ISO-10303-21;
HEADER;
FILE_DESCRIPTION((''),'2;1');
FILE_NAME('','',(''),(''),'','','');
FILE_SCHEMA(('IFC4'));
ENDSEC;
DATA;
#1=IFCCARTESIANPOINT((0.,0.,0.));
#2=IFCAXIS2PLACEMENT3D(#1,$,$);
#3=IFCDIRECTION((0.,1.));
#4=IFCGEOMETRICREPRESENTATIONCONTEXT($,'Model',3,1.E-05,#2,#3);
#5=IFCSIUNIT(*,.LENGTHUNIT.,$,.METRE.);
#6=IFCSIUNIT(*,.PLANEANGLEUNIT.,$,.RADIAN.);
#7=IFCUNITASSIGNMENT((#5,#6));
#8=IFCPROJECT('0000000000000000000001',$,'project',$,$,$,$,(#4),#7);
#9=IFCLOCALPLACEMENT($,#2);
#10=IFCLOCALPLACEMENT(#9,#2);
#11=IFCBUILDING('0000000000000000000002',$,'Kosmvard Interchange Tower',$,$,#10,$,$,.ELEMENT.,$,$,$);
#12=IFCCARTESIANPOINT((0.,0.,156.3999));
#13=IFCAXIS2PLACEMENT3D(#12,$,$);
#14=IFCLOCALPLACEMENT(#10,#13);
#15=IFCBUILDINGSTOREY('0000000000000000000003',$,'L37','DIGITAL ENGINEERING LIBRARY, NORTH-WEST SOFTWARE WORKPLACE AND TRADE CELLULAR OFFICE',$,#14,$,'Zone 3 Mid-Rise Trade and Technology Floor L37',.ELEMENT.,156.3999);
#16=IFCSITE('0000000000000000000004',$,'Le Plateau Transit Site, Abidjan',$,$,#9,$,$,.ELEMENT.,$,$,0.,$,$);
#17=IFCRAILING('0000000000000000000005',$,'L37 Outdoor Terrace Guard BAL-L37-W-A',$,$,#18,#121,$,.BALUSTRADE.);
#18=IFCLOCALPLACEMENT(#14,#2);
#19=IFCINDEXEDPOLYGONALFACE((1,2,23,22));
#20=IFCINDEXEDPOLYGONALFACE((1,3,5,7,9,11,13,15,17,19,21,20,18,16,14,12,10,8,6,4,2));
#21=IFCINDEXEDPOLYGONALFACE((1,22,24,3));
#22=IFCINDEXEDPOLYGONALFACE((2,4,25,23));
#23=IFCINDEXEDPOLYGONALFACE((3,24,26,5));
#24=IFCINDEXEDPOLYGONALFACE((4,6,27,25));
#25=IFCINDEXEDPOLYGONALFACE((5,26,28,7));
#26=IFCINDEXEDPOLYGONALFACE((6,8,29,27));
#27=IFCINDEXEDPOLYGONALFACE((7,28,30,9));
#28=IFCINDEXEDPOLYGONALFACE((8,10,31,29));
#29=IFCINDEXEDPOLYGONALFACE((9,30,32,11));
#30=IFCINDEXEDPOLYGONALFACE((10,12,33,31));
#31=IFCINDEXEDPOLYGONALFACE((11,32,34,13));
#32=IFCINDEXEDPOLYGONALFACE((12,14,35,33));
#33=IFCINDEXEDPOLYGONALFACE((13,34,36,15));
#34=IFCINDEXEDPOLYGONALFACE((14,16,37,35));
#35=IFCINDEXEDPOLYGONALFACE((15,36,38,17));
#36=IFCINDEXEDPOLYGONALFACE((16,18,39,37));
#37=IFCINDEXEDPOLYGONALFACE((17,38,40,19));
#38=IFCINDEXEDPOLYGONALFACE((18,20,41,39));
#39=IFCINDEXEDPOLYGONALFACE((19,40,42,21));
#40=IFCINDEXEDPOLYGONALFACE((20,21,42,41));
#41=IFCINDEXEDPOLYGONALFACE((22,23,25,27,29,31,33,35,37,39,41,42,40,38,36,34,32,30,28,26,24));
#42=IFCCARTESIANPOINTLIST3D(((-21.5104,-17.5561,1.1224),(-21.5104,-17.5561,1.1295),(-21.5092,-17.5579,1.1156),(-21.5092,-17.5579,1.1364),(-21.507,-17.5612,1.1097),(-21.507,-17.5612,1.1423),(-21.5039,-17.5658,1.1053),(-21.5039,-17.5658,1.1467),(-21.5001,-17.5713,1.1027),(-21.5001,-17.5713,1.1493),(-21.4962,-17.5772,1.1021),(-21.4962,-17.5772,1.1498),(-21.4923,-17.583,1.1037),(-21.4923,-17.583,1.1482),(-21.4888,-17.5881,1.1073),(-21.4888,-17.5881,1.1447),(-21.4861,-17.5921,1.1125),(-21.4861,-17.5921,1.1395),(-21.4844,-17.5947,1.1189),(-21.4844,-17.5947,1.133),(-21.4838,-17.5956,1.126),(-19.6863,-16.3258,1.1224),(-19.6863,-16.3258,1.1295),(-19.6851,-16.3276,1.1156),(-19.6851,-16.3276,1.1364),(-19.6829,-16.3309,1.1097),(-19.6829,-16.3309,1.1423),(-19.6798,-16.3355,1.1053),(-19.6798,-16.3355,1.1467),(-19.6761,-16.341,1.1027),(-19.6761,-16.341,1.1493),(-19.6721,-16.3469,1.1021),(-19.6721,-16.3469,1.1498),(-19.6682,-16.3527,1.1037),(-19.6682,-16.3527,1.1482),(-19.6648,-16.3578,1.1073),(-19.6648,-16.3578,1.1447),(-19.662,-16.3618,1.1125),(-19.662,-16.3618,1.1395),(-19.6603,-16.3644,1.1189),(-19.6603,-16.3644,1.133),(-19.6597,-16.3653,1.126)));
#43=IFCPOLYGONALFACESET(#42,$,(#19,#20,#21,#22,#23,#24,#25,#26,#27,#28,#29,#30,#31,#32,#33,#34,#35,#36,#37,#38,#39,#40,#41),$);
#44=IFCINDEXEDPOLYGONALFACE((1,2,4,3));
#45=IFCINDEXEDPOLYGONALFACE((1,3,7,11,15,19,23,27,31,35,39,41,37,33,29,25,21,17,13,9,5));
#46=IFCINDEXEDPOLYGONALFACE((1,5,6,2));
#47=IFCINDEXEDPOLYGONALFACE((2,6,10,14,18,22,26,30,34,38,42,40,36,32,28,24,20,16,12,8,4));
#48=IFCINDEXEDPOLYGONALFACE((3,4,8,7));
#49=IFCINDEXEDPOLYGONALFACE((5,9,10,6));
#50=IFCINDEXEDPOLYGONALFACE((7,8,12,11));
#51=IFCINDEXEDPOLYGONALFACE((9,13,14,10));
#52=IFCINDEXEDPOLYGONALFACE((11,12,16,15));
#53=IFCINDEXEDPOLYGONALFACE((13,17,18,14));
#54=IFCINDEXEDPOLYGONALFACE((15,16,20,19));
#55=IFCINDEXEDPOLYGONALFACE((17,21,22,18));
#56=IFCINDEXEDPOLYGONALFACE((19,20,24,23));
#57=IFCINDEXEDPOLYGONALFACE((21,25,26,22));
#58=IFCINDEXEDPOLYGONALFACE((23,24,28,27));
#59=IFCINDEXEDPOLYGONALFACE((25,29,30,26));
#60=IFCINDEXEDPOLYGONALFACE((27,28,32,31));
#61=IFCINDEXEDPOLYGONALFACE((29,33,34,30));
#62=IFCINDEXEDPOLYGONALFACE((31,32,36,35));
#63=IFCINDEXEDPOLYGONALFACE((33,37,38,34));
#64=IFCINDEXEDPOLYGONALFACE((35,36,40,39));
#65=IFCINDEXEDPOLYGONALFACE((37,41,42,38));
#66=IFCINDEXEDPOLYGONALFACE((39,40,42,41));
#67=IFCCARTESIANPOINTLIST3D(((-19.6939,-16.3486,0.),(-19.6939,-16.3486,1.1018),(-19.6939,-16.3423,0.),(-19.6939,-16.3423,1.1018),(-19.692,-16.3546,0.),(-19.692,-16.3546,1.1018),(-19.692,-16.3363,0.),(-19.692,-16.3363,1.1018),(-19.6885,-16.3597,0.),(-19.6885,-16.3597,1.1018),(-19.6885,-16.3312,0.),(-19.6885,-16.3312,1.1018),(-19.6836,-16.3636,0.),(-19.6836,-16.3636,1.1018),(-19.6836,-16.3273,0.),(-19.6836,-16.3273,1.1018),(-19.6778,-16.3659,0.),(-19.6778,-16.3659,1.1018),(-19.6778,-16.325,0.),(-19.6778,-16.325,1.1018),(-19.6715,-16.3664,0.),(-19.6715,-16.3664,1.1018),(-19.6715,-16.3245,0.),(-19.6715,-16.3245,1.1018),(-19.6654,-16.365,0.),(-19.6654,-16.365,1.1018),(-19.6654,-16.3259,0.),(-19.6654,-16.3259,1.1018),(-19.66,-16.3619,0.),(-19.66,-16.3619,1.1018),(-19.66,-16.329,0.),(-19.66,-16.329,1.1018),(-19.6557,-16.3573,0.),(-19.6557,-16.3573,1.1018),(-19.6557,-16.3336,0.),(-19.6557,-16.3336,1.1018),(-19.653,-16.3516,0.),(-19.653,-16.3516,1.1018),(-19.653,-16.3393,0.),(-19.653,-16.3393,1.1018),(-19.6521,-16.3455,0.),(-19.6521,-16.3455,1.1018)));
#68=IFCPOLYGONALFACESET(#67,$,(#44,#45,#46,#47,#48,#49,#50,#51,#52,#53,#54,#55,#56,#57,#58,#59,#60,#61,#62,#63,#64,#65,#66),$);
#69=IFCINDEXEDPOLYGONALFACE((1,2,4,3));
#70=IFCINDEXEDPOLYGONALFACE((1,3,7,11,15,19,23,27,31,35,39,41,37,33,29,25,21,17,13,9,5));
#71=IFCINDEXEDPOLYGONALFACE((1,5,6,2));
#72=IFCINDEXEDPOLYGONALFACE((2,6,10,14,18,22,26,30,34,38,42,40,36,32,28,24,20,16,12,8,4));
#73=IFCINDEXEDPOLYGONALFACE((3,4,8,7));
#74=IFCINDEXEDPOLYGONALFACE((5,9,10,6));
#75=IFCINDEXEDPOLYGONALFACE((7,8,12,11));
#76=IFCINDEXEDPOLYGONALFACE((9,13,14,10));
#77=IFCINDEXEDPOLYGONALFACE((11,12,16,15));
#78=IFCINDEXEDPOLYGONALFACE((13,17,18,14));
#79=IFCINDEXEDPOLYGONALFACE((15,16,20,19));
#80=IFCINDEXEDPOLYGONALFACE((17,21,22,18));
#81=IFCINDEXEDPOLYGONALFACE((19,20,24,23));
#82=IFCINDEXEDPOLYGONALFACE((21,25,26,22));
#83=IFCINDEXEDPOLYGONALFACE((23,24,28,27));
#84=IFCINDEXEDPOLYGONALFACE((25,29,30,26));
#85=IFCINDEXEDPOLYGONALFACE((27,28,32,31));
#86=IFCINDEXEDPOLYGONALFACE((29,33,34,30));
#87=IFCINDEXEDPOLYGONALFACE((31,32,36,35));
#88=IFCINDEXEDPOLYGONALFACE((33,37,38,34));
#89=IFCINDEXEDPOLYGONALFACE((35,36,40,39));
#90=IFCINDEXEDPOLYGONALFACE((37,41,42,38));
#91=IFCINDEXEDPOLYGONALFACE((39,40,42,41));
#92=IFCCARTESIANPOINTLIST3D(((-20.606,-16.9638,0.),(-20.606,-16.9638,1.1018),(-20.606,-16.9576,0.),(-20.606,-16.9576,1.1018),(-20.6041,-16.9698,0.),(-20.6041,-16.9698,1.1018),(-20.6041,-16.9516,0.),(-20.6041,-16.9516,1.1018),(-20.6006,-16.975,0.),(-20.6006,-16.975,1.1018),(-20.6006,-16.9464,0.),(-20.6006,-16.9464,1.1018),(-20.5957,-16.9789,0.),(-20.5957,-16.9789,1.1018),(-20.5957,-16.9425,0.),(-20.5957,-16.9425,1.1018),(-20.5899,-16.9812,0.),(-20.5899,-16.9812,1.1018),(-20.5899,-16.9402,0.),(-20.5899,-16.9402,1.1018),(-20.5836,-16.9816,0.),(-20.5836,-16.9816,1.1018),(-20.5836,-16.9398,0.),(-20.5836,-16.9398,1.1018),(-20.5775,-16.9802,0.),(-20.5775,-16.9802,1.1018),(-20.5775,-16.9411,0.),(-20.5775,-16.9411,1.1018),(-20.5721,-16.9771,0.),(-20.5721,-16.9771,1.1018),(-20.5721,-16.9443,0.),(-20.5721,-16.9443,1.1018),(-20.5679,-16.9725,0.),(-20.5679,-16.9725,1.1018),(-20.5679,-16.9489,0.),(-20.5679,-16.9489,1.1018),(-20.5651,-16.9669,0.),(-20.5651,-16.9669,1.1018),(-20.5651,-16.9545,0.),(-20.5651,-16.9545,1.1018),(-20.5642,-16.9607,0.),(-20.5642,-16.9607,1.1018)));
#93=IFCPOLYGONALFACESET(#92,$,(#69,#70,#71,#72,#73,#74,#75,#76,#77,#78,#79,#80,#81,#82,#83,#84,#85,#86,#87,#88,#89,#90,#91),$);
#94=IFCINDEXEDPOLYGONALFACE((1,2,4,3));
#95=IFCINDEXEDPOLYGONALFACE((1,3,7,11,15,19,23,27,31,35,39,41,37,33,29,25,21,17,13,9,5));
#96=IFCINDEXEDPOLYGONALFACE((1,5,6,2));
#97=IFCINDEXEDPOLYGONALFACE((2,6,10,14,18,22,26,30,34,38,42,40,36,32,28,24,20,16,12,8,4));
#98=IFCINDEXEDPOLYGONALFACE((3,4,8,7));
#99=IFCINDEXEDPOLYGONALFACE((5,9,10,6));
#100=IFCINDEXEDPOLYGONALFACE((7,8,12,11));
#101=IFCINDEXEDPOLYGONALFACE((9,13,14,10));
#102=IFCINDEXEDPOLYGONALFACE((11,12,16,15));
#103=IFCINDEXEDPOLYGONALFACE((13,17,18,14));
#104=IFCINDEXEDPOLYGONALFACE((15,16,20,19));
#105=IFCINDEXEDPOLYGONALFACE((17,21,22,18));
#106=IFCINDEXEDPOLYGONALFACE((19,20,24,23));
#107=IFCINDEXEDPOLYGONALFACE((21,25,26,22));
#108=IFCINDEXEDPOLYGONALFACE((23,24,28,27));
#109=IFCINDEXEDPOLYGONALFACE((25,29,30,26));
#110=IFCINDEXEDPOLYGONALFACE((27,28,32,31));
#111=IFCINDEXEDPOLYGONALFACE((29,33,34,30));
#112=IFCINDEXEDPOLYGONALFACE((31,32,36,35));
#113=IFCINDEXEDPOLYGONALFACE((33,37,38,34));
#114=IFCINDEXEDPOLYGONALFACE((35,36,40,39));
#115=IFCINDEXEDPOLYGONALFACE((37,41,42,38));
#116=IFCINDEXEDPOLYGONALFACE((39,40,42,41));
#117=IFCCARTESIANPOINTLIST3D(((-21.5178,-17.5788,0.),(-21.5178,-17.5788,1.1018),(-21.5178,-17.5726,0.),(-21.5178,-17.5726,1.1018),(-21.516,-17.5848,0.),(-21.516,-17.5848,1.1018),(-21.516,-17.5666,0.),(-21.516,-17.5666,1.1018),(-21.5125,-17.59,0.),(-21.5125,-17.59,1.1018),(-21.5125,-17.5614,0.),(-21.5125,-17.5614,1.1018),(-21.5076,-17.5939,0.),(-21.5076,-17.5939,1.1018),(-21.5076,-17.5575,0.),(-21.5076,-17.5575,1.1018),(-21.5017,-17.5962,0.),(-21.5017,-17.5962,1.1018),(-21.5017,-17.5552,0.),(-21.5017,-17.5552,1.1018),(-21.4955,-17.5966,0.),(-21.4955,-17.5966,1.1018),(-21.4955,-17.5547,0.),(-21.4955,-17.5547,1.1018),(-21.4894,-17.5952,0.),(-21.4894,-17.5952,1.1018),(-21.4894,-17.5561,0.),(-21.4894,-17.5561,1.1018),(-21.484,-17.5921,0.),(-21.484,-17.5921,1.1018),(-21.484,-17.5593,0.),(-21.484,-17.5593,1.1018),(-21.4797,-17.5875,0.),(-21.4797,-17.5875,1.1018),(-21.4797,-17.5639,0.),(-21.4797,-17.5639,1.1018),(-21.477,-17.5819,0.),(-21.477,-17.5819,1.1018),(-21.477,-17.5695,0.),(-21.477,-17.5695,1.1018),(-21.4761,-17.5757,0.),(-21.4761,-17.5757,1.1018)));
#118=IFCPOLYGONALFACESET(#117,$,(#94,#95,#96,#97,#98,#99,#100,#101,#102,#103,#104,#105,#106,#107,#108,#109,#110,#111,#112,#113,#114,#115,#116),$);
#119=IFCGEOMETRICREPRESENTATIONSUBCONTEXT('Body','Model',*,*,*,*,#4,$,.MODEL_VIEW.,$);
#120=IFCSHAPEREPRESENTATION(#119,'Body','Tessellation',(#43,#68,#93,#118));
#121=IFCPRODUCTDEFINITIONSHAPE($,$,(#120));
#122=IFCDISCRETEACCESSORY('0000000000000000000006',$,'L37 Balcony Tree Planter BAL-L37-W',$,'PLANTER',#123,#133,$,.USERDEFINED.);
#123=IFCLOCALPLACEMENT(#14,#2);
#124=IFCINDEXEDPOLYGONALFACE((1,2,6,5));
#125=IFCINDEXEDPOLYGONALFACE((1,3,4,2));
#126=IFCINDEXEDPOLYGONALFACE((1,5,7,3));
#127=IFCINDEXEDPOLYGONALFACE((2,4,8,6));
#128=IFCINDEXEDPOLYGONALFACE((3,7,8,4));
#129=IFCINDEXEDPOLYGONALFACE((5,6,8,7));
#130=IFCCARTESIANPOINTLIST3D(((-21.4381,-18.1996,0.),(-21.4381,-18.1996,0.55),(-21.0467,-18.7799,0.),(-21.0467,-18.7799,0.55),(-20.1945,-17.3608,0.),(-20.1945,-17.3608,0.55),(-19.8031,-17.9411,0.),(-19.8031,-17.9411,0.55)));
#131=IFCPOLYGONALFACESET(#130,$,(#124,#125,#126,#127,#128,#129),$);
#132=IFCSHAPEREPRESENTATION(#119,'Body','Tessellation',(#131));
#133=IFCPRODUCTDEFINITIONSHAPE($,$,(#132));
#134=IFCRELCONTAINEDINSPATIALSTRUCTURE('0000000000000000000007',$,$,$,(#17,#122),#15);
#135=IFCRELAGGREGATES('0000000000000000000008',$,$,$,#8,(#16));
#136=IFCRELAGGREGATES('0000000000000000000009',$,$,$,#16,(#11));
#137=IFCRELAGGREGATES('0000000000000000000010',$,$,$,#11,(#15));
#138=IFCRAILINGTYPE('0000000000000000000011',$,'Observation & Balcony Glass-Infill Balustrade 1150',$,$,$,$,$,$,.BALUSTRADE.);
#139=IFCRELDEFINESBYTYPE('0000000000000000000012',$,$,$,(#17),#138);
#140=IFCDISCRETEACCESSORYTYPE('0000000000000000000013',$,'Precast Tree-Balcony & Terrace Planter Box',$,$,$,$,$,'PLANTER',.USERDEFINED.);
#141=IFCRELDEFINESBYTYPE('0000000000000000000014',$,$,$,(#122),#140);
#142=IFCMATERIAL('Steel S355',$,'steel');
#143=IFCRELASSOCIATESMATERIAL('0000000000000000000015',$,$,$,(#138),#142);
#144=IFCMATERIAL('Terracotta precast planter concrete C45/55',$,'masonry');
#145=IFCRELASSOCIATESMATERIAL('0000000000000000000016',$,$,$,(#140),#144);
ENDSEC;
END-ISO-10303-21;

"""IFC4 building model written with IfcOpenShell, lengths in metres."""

from ifc_helpers import new_model, si_unit, direction, frame, origin, origin_2d, place, context, subcontext, project, spatial, rectangle, circle, extrude, source, transform, mapped, material, type_object, element, save


model = new_model("IFC4")

# Units and contexts
model_context = context("Model", 3, precision=1e-05, world=origin(), true_north=direction((0.0, 1.0)))
body_context = subcontext(model_context, "Body", "Model", "MODEL_VIEW")
ifc_project = project(units=[si_unit("LENGTHUNIT", "METRE"), si_unit("PLANEANGLEUNIT", "RADIAN")], contexts=[model_context])

# Site, building, storey
site_placement = place(None, origin())
site = spatial("IfcSite", under=ifc_project, at=site_placement, Name="Le Plateau Transit Site, Abidjan", CompositionType="ELEMENT", RefElevation=0.0)
building_placement = place(site_placement, origin())
building = spatial("IfcBuilding", under=site, at=building_placement, Name="Kosmvard Interchange Tower", CompositionType="ELEMENT")
storey_placement = place(building_placement, frame((0.0, 0.0, 156.3999)))
storey = spatial("IfcBuildingStorey", under=building, at=storey_placement, Name="L37", Description="DIGITAL ENGINEERING LIBRARY, NORTH-WEST SOFTWARE WORKPLACE AND TRADE CELLULAR OFFICE", LongName="Zone 3 Mid-Rise Trade and Technology Floor L37", CompositionType="ELEMENT", Elevation=156.3999)

# Shared definitions
ifc_material_1 = material(Name="Steel S355", Category="steel")

# Railing
railing_type = type_object("IfcRailingType", Name="Observation & Balcony Glass-Infill Balustrade 1150", PredefinedType="BALUSTRADE", material=ifc_material_1)
shared_shape_1 = source(origin(), body_context, "Body", "SweptSolid", [
    extrude(circle(Radius=0.0239, at=origin_2d()), frame((0.0, 0.0, 1.126), z_axis=(-0.829051, -0.559174, 0.0), x_axis=(0.559174, -0.829051, 0.0)), (0.0, 0.0, 1.0), 2.2002),
    extrude(circle(Radius=0.021, at=origin_2d()), origin(), (0.0, 0.0, 1.0), 1.1018),
    extrude(circle(Radius=0.021, at=origin_2d()), frame((-0.9121, -0.6152, 0.0)), (0.0, 0.0, 1.0), 1.1018),
    extrude(circle(Radius=0.021, at=origin_2d()), frame((-1.824, -1.2302, 0.0)), (0.0, 0.0, 1.0), 1.1018),
])
railing_1_placement = place(storey_placement, frame((-19.6731, -16.3455, 0.0)))
element("IfcRailing", 1, at=railing_1_placement, inside=storey, type_object=railing_type, Name="L37 Outdoor Terrace Guard BAL-L37-W-A", PredefinedType="BALUSTRADE", context=body_context, shape_type="MappedRepresentation", body=[
    mapped(shared_shape_1, transform((0.0, 0.0, 0.0), scale=1.0)),
])

# Discrete accessory
ifc_material_2 = material(Name="Terracotta precast planter concrete C45/55", Category="masonry")
discrete_accessory_type = type_object("IfcDiscreteAccessoryType", Name="Precast Tree-Balcony & Terrace Planter Box", ElementType="PLANTER", PredefinedType="USERDEFINED", material=ifc_material_2)
shared_shape_2 = source(origin(), body_context, "Body", "SweptSolid", [
    extrude(rectangle(XDim=1.5, YDim=0.7, at=origin_2d()), origin(), (0.0, 0.0, 1.0), 0.55),
])
discrete_accessory_placement = place(storey_placement, frame((-20.6206, -18.0703, 0.0), z_axis=(0.0, 0.0, 1.0), x_axis=(0.829038, 0.559193, 0.0)))
element("IfcDiscreteAccessory", 2, at=discrete_accessory_placement, inside=storey, type_object=discrete_accessory_type, Name="L37 Balcony Tree Planter BAL-L37-W", ObjectType="PLANTER", PredefinedType="USERDEFINED", context=body_context, shape_type="MappedRepresentation", body=[
    mapped(shared_shape_2, transform((0.0, 0.0, 0.0), scale=1.0)),
])

save(model, "model.ifc")
